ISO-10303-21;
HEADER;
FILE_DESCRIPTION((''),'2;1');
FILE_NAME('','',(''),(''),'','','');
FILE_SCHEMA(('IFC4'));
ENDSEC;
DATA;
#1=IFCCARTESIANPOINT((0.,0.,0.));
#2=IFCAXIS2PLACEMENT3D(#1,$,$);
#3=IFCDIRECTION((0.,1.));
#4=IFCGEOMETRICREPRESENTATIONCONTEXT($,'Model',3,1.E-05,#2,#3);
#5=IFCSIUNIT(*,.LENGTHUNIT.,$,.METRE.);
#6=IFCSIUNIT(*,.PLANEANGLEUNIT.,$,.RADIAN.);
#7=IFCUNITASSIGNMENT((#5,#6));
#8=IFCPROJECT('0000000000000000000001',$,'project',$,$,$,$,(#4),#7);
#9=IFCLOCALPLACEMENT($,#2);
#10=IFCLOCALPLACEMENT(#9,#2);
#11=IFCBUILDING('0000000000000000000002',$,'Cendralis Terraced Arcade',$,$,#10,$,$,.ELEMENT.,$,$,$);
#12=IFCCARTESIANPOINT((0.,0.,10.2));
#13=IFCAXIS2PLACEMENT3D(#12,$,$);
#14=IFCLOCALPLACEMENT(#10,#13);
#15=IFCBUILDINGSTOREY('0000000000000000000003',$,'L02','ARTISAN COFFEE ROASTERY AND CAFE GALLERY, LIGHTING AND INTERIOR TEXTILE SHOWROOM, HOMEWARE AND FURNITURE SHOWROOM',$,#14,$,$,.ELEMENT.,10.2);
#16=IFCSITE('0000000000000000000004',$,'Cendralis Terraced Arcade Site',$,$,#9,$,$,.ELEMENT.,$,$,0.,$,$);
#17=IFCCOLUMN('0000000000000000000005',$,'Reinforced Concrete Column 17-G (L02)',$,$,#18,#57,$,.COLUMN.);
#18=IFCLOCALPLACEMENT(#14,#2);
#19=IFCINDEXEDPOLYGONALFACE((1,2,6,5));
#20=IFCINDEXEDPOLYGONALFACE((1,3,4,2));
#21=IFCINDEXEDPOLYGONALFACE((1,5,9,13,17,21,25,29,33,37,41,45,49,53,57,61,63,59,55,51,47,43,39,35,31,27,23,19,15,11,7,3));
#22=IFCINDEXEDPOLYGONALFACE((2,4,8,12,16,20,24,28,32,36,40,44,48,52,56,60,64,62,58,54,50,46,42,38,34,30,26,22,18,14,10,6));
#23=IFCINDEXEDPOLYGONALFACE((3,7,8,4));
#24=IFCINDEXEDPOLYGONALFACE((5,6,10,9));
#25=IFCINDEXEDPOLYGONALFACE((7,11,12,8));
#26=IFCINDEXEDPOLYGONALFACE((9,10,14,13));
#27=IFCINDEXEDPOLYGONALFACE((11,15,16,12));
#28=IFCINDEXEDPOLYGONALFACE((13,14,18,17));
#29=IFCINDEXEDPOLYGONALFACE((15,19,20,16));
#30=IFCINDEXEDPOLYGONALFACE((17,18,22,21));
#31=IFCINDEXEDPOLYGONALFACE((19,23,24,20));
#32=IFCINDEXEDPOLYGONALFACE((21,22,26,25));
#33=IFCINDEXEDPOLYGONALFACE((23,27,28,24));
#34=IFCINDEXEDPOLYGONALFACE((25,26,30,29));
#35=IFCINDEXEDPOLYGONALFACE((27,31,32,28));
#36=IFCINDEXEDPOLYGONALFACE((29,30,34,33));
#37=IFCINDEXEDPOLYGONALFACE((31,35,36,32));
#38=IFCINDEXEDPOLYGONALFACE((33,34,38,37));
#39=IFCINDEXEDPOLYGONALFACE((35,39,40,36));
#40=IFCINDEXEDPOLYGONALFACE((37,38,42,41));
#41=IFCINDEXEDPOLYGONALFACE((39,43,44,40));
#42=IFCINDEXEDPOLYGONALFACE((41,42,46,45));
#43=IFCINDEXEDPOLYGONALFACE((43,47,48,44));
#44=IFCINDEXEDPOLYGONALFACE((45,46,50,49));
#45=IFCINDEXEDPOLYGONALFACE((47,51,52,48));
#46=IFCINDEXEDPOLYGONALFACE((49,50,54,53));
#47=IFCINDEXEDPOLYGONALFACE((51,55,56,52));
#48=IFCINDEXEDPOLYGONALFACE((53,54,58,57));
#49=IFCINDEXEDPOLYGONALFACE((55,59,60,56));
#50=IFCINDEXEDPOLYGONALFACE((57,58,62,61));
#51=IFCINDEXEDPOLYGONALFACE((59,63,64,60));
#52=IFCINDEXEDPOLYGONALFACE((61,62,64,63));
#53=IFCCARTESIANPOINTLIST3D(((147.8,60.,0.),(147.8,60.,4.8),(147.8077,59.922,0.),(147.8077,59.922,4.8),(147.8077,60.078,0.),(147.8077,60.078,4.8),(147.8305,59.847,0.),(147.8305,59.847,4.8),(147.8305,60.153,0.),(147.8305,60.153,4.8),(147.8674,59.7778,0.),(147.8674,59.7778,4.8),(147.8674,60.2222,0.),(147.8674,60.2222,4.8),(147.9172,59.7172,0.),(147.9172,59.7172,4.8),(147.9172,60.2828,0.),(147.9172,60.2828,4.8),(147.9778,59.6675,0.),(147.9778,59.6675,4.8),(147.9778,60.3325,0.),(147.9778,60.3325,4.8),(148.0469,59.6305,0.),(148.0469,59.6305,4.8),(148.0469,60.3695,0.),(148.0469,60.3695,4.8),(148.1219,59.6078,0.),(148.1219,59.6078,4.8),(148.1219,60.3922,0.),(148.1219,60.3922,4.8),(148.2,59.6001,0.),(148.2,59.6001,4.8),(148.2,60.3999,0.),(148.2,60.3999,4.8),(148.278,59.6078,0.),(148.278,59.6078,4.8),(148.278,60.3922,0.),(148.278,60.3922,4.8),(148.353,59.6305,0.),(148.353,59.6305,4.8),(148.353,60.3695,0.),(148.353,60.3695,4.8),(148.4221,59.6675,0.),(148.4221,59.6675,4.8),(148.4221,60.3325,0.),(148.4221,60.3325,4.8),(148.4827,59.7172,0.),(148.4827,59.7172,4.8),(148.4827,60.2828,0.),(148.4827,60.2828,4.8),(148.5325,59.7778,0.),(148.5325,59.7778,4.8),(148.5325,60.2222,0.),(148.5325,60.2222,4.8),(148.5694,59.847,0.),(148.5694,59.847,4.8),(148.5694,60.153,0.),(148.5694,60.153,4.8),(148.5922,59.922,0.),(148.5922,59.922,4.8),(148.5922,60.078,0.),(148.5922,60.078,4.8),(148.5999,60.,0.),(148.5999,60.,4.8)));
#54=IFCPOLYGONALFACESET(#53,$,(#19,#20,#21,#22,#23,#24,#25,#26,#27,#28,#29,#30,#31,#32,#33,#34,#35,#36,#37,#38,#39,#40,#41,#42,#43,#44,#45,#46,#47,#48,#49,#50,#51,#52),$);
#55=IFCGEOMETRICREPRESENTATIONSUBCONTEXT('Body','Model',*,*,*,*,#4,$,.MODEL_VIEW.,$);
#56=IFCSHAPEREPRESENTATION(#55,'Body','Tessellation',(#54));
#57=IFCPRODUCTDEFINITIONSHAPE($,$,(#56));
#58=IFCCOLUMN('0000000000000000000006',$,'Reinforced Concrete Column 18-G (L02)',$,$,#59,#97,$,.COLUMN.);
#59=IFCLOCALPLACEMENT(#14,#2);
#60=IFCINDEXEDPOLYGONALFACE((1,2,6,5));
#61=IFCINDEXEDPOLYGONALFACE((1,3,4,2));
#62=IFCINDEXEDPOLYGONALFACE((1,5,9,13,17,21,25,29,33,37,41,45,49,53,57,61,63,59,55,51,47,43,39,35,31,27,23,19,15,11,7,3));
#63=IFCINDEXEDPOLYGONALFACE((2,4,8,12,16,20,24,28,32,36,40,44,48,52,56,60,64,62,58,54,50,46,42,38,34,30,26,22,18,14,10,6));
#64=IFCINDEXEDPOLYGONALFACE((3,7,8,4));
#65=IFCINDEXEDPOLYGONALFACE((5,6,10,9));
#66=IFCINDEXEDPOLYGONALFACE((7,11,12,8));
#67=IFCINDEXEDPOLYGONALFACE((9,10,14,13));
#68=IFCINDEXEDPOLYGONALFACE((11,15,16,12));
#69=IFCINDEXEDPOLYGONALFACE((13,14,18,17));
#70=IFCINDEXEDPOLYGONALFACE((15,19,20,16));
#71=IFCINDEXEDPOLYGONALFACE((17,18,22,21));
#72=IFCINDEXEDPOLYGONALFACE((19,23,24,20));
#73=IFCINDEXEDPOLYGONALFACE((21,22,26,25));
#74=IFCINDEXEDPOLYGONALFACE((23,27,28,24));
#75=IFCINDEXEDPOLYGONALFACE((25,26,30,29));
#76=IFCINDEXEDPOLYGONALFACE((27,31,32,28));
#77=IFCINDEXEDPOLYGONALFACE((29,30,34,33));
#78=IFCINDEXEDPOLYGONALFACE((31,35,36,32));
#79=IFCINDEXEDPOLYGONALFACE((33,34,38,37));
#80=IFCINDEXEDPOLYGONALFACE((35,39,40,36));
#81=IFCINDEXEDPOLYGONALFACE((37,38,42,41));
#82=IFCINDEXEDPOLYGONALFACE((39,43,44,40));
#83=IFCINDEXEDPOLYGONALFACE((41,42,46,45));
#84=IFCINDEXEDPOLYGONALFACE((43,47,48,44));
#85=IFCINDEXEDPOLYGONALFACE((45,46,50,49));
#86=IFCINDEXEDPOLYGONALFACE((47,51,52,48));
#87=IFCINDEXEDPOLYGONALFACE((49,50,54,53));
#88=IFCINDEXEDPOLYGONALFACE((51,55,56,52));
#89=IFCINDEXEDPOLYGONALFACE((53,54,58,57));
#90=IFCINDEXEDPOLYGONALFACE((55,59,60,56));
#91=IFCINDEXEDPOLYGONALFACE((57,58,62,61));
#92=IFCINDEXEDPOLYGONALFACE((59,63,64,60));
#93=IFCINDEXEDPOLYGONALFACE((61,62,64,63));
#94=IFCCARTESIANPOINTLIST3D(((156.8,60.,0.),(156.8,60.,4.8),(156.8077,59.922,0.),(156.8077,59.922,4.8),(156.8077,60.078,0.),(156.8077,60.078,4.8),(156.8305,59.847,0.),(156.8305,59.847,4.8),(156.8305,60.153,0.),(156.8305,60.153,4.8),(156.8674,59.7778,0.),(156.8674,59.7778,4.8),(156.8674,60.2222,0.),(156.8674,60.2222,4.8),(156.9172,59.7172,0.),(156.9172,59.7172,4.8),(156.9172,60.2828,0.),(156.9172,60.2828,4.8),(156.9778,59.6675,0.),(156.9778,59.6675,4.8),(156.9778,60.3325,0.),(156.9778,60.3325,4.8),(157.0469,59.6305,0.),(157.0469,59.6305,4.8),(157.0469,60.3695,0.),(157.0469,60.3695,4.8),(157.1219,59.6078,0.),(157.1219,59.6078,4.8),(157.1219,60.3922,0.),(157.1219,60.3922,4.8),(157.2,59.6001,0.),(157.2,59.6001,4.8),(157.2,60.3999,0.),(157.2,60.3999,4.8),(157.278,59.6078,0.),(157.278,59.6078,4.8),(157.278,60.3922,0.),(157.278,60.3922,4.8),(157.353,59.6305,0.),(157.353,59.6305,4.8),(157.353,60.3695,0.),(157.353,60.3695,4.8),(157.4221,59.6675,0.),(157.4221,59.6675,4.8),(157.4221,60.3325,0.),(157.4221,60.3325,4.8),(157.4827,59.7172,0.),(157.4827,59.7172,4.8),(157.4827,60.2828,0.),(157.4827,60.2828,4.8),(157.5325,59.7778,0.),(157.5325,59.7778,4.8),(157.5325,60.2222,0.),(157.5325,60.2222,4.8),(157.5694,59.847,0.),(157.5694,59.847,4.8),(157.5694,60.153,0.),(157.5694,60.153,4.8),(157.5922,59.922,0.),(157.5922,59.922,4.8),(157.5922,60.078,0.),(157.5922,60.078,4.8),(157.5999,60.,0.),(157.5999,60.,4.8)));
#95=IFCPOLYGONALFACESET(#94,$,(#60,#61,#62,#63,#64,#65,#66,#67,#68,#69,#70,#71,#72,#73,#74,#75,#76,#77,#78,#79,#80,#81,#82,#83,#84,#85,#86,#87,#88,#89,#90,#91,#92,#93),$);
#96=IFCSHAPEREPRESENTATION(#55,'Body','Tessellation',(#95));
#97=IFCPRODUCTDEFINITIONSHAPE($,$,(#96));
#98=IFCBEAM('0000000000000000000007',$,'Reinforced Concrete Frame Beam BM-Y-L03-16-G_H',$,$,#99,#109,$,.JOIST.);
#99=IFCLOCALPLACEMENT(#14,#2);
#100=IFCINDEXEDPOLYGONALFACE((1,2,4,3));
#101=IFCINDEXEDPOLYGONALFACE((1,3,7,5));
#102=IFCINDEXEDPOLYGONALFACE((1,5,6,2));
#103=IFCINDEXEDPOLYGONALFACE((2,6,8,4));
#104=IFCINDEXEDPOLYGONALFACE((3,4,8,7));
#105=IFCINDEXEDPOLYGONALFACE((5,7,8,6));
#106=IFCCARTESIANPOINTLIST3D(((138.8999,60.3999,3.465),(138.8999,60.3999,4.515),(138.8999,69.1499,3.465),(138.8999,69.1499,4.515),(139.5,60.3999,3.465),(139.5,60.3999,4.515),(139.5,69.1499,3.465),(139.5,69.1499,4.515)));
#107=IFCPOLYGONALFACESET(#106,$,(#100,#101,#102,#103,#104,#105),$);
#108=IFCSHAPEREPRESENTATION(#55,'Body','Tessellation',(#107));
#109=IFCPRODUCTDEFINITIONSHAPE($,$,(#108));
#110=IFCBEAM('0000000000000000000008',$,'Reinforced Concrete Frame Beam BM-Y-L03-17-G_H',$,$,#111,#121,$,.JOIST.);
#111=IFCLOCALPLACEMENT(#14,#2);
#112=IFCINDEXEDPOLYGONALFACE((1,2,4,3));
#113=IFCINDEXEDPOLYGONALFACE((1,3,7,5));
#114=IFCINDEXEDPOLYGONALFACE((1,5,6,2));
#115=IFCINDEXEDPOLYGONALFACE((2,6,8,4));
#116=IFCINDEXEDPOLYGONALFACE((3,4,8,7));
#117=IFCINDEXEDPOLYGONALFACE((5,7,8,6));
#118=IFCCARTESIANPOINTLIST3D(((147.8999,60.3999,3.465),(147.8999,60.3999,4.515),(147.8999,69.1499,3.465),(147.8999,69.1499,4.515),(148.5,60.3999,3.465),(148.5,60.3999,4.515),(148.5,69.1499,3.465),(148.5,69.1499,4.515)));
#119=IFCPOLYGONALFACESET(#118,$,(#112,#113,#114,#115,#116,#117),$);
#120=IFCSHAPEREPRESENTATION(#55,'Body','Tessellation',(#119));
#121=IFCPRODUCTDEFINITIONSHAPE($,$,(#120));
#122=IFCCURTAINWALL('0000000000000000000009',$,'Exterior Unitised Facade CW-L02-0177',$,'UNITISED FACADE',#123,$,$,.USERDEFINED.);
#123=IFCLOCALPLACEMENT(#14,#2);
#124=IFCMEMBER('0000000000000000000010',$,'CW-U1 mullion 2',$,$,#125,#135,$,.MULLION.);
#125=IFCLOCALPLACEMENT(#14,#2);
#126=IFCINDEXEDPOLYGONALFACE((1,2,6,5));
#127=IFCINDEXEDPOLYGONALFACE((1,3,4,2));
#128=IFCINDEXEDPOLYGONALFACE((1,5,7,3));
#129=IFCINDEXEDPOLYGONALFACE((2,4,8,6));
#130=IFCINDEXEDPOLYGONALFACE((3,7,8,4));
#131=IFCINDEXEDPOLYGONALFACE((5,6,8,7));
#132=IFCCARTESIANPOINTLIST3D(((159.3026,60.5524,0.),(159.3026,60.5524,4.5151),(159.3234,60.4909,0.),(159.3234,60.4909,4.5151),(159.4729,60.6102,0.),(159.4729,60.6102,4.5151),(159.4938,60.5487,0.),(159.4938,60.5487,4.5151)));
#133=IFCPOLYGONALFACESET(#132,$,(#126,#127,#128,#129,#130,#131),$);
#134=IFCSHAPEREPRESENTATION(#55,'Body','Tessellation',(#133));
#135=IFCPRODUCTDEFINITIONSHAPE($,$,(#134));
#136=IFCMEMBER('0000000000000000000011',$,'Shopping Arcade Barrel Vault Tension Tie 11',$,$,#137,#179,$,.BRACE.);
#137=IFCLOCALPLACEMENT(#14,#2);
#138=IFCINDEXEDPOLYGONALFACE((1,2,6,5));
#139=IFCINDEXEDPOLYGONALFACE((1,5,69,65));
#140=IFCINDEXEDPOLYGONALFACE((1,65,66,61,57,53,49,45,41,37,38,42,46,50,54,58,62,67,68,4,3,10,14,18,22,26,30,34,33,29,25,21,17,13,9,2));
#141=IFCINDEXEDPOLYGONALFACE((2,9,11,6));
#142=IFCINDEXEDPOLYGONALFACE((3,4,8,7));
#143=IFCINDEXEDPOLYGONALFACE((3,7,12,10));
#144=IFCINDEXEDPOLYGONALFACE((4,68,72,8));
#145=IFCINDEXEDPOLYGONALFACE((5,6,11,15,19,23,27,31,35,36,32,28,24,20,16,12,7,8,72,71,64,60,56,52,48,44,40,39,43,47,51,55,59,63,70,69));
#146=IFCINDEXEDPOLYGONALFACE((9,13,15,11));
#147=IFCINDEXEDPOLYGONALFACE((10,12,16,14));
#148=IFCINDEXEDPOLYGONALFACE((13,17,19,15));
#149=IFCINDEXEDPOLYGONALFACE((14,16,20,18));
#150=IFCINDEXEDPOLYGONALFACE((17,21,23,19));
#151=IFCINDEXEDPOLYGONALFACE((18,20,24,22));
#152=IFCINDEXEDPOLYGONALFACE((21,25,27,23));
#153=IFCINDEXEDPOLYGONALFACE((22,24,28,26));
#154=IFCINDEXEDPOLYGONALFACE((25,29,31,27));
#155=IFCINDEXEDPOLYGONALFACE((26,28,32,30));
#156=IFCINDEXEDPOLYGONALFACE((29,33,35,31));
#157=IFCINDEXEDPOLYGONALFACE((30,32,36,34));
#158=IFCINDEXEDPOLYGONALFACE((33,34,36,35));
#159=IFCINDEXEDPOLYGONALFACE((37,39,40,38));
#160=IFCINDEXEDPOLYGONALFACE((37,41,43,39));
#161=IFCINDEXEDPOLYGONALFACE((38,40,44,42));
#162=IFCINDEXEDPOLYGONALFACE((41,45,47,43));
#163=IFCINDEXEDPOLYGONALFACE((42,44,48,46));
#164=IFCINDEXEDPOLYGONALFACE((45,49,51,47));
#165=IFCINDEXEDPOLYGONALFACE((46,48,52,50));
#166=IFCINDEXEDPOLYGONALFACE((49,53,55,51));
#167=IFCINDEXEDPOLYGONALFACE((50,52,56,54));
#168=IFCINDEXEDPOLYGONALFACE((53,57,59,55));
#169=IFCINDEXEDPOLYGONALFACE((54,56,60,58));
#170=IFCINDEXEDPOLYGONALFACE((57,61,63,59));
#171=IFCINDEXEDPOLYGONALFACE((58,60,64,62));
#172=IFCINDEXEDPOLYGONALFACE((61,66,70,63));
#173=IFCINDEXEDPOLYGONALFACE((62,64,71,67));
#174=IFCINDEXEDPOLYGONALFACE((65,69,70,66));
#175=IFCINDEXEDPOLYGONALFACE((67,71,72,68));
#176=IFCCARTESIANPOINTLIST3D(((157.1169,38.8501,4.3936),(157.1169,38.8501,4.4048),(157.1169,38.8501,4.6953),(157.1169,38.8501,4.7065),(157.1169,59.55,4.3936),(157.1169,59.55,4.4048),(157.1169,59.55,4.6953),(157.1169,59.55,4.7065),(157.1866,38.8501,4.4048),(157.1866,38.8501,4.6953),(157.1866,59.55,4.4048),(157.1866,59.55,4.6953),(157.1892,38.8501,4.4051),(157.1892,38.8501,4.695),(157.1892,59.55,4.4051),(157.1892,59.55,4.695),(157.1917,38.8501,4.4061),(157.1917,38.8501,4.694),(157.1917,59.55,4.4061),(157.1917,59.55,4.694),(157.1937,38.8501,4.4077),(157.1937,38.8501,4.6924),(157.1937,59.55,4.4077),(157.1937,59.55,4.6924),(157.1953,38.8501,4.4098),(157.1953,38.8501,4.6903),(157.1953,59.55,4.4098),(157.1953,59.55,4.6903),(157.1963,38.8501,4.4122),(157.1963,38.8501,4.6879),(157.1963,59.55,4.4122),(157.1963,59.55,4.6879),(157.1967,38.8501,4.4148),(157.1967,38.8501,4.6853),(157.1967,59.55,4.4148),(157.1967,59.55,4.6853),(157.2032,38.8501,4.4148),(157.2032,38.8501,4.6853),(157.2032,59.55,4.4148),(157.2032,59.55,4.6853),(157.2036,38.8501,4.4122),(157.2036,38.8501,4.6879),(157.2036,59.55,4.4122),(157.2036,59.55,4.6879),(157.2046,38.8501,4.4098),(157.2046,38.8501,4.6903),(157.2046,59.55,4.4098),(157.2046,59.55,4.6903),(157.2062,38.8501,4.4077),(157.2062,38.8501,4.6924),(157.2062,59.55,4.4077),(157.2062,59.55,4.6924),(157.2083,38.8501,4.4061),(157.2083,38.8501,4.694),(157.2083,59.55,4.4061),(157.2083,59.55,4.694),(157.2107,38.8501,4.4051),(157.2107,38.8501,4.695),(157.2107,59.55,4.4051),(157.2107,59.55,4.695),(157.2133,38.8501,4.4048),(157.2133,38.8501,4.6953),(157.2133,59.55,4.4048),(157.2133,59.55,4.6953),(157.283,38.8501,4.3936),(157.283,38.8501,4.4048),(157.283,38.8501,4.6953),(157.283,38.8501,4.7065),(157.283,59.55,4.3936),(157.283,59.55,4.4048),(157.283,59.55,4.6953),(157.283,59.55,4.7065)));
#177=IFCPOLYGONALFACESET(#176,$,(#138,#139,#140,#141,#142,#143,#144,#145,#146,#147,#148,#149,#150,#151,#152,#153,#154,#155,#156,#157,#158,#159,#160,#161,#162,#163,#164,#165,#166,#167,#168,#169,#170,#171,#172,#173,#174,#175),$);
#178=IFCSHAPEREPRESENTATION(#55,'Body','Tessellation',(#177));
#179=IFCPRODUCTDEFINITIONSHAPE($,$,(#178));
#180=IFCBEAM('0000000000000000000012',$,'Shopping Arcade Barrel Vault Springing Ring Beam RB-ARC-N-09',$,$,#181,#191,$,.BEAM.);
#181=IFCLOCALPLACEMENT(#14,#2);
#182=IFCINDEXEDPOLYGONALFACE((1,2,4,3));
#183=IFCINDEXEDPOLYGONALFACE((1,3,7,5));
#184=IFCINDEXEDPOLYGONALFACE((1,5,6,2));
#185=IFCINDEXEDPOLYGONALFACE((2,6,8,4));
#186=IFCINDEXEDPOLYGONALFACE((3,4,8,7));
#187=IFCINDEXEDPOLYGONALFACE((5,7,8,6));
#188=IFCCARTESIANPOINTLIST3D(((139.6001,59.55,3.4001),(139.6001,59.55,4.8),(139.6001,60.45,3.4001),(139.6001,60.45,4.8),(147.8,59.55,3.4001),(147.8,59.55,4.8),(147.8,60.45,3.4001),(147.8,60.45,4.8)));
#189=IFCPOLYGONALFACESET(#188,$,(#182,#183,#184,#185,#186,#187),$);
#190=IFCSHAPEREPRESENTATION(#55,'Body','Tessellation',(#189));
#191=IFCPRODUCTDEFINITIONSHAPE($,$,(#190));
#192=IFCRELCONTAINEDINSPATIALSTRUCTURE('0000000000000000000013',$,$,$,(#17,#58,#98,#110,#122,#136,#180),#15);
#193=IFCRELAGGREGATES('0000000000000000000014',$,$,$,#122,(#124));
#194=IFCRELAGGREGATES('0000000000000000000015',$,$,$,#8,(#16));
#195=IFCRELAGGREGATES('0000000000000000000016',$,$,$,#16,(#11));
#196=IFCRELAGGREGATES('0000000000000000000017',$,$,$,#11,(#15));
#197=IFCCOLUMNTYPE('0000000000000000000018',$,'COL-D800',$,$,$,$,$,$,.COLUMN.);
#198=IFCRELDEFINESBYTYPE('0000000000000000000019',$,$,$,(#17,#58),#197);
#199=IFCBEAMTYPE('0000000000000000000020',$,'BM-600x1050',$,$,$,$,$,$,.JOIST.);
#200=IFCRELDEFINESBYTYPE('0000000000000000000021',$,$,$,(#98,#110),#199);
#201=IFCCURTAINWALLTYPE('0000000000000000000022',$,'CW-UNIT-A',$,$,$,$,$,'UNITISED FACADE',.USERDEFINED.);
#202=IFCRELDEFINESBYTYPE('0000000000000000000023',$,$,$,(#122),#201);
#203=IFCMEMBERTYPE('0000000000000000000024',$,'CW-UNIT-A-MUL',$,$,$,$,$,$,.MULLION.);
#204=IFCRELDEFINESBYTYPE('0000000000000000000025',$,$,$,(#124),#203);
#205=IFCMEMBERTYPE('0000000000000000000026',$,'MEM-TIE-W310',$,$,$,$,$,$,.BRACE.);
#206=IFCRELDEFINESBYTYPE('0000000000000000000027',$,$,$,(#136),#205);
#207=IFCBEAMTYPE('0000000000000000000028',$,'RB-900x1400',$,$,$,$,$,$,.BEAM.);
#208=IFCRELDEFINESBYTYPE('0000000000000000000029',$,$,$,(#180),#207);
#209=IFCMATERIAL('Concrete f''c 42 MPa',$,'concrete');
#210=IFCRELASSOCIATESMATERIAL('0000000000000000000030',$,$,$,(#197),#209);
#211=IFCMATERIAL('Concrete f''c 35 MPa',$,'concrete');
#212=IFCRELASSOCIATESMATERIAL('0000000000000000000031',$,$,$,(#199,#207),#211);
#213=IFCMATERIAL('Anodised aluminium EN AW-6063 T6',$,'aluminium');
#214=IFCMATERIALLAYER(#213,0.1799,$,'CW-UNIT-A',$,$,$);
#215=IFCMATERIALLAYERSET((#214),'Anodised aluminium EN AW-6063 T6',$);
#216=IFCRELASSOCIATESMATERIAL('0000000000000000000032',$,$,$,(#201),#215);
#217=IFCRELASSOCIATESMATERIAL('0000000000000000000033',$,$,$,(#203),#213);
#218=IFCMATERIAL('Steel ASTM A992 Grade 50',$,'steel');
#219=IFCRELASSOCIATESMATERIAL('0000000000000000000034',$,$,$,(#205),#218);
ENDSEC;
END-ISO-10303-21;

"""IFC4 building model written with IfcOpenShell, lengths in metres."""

from ifc_helpers import new_model, si_unit, direction, frame, origin, origin_2d, place, context, subcontext, project, spatial, rectangle, circle, i_section, extrude, material, layer, layer_set, material_profile, profile_set, type_object, element, aggregate, save


model = new_model("IFC4")

# Units and contexts
model_context = context("Model", 3, precision=1e-05, world=origin(), true_north=direction((0.0, 1.0)))
body_context = subcontext(model_context, "Body", "Model", "MODEL_VIEW")
ifc_project = project(units=[si_unit("LENGTHUNIT", "METRE"), si_unit("PLANEANGLEUNIT", "RADIAN")], contexts=[model_context])

# Site, building, storey
site_placement = place(None, origin())
site = spatial("IfcSite", under=ifc_project, at=site_placement, Name="Cendralis Terraced Arcade Site", CompositionType="ELEMENT", RefElevation=0.0)
building_placement = place(site_placement, origin())
building = spatial("IfcBuilding", under=site, at=building_placement, Name="Cendralis Terraced Arcade", CompositionType="ELEMENT")
storey_placement = place(building_placement, frame((0.0, 0.0, 10.2)))
storey = spatial("IfcBuildingStorey", under=building, at=storey_placement, Name="L02", Description="ARTISAN COFFEE ROASTERY AND CAFE GALLERY, LIGHTING AND INTERIOR TEXTILE SHOWROOM, HOMEWARE AND FURNITURE SHOWROOM", CompositionType="ELEMENT", Elevation=10.2)

# Columns
ifc_material_1 = material(Name="Concrete f'c 42 MPa", Category="concrete")
ifc_material_profile_1 = material_profile(ifc_material_1, circle(Radius=0.3999, at=origin_2d()), Name="RC-COL-D800", Category="LoadBearing")
ifc_profile_set_1 = profile_set([ifc_material_profile_1], Name="Concrete f'c 42 MPa")
column_type = type_object("IfcColumnType", Name="COL-D800", PredefinedType="COLUMN", material=ifc_profile_set_1)
for number, where, z_axis, x_axis, name in (
    (1, (148.2, 60.0, 0.0), (0.0, 0.0, 1.0), (1.0, 0.0, 0.0), "Reinforced Concrete Column 17-G (L02)"),
    (2, (157.2, 60.0, 0.0), (0.0, 0.0, 1.0), (1.0, 0.0, 0.0), "Reinforced Concrete Column 18-G (L02)"),
):
    element("IfcColumn", number, at=place(storey_placement, frame(where, z_axis=z_axis, x_axis=x_axis)), inside=storey, type_object=column_type, Name=name, PredefinedType="COLUMN", context=body_context, shape_type="SweptSolid", body=[
        extrude(circle(Radius=0.3999, at=origin_2d()), origin(), (0.0, 0.0, 1.0), 4.8),
    ])

# Beams
ifc_material_2 = material(Name="Concrete f'c 35 MPa", Category="concrete")
ifc_material_profile_2 = material_profile(ifc_material_2, rectangle(XDim=0.6001, YDim=1.05, at=origin_2d()), Name="RC-BM-600x1050", Category="LoadBearing")
ifc_profile_set_2 = profile_set([ifc_material_profile_2], Name="Concrete f'c 35 MPa")
beam_type_1 = type_object("IfcBeamType", Name="BM-600x1050", PredefinedType="JOIST", material=ifc_profile_set_2)
for number, where, z_axis, x_axis, name in (
    (3, (139.2, 60.3999, 3.99), (0.0, 1.0, 0.0), (-1.0, 0.0, 0.0), "Reinforced Concrete Frame Beam BM-Y-L03-16-G_H"),
    (4, (148.2, 60.3999, 3.99), (0.0, 1.0, 0.0), (-1.0, 0.0, 0.0), "Reinforced Concrete Frame Beam BM-Y-L03-17-G_H"),
):
    element("IfcBeam", number, at=place(storey_placement, frame(where, z_axis=z_axis, x_axis=x_axis)), inside=storey, type_object=beam_type_1, Name=name, PredefinedType="JOIST", context=body_context, shape_type="SweptSolid", body=[
        extrude(rectangle(XDim=0.6001, YDim=1.05, at=origin_2d()), origin(), (0.0, 0.0, 1.0), 8.75),
    ])

# Curtain wall, member
ifc_material_3 = material(Name="Anodised aluminium EN AW-6063 T6", Category="aluminium")
ifc_layer_1 = layer(ifc_material_3, 0.1799, Name="CW-UNIT-A")
ifc_layer_set_1 = layer_set([ifc_layer_1], Name="Anodised aluminium EN AW-6063 T6")
curtain_wall_type = type_object("IfcCurtainWallType", Name="CW-UNIT-A", ElementType="UNITISED FACADE", PredefinedType="USERDEFINED", material=ifc_layer_set_1)
curtain_wall_placement = place(storey_placement, origin())
curtain_wall = element("IfcCurtainWall", 5, at=curtain_wall_placement, inside=storey, type_object=curtain_wall_type, Name="Exterior Unitised Facade CW-L02-0177", ObjectType="UNITISED FACADE", PredefinedType="USERDEFINED")
ifc_material_profile_3 = material_profile(ifc_material_3, rectangle(XDim=0.0649, YDim=0.1799, at=origin_2d()), Name="ALU-MUL-65x180")
ifc_profile_set_3 = profile_set([ifc_material_profile_3], Name="Anodised aluminium EN AW-6063 T6")
member_type_1 = type_object("IfcMemberType", Name="CW-UNIT-A-MUL", PredefinedType="MULLION", material=ifc_profile_set_3)
member_1_placement = place(storey_placement, frame((159.3982, 60.5505, 0.0), z_axis=(0.0, 0.0, 1.0), x_axis=(0.321458, -0.946924, 0.0)))
member_1 = element("IfcMember", 6, at=member_1_placement, type_object=member_type_1, Name="CW-U1 mullion 2", PredefinedType="MULLION", context=body_context, shape_type="SweptSolid", body=[
    extrude(rectangle(XDim=0.0649, YDim=0.1799, at=origin_2d()), origin(), (0.0, 0.0, 1.0), 4.5151),
])
aggregate(curtain_wall, [member_1])

# Member
ifc_material_4 = material(Name="Steel ASTM A992 Grade 50", Category="steel")
ifc_material_profile_4 = material_profile(ifc_material_4, i_section(OverallWidth=0.166, OverallDepth=0.313, WebThickness=0.0066, FlangeThickness=0.0112, FilletRadius=0.01, at=origin_2d()), Name="W310X44.5", Category="LoadBearing")
ifc_profile_set_4 = profile_set([ifc_material_profile_4], Name="Steel ASTM A992 Grade 50")
member_type_2 = type_object("IfcMemberType", Name="MEM-TIE-W310", PredefinedType="BRACE", material=ifc_profile_set_4)
member_2_placement = place(storey_placement, frame((157.2, 38.8501, 4.55), z_axis=(0.0, 1.0, 0.0), x_axis=(-1.0, 0.0, 0.0)))
element("IfcMember", 7, at=member_2_placement, inside=storey, type_object=member_type_2, Name="Shopping Arcade Barrel Vault Tension Tie 11", PredefinedType="BRACE", context=body_context, shape_type="SweptSolid", body=[
    extrude(i_section(OverallWidth=0.166, OverallDepth=0.313, WebThickness=0.0066, FlangeThickness=0.0112, FilletRadius=0.01, at=origin_2d()), origin(), (0.0, 0.0, 1.0), 20.7),
])

# Beam
ifc_material_profile_5 = material_profile(ifc_material_2, rectangle(XDim=0.8999, YDim=1.3999, at=origin_2d()), Name="RC-RB-900x1400", Category="LoadBearing")
ifc_profile_set_5 = profile_set([ifc_material_profile_5], Name="Concrete f'c 35 MPa")
beam_type_2 = type_object("IfcBeamType", Name="RB-900x1400", PredefinedType="BEAM", material=ifc_profile_set_5)
for number, where, z_axis, x_axis, name in (
    (8, (139.6001, 60.0, 4.1001), (1.0, 0.0, 0.0), (0.0, 1.0, 0.0), "Shopping Arcade Barrel Vault Springing Ring Beam RB-ARC-N-09"),
):
    element("IfcBeam", number, at=place(storey_placement, frame(where, z_axis=z_axis, x_axis=x_axis)), inside=storey, type_object=beam_type_2, Name=name, PredefinedType="BEAM", context=body_context, shape_type="SweptSolid", body=[
        extrude(rectangle(XDim=0.8999, YDim=1.3999, at=origin_2d()), origin(), (0.0, 0.0, 1.0), 8.2),
    ])

save(model, "model.ifc")
